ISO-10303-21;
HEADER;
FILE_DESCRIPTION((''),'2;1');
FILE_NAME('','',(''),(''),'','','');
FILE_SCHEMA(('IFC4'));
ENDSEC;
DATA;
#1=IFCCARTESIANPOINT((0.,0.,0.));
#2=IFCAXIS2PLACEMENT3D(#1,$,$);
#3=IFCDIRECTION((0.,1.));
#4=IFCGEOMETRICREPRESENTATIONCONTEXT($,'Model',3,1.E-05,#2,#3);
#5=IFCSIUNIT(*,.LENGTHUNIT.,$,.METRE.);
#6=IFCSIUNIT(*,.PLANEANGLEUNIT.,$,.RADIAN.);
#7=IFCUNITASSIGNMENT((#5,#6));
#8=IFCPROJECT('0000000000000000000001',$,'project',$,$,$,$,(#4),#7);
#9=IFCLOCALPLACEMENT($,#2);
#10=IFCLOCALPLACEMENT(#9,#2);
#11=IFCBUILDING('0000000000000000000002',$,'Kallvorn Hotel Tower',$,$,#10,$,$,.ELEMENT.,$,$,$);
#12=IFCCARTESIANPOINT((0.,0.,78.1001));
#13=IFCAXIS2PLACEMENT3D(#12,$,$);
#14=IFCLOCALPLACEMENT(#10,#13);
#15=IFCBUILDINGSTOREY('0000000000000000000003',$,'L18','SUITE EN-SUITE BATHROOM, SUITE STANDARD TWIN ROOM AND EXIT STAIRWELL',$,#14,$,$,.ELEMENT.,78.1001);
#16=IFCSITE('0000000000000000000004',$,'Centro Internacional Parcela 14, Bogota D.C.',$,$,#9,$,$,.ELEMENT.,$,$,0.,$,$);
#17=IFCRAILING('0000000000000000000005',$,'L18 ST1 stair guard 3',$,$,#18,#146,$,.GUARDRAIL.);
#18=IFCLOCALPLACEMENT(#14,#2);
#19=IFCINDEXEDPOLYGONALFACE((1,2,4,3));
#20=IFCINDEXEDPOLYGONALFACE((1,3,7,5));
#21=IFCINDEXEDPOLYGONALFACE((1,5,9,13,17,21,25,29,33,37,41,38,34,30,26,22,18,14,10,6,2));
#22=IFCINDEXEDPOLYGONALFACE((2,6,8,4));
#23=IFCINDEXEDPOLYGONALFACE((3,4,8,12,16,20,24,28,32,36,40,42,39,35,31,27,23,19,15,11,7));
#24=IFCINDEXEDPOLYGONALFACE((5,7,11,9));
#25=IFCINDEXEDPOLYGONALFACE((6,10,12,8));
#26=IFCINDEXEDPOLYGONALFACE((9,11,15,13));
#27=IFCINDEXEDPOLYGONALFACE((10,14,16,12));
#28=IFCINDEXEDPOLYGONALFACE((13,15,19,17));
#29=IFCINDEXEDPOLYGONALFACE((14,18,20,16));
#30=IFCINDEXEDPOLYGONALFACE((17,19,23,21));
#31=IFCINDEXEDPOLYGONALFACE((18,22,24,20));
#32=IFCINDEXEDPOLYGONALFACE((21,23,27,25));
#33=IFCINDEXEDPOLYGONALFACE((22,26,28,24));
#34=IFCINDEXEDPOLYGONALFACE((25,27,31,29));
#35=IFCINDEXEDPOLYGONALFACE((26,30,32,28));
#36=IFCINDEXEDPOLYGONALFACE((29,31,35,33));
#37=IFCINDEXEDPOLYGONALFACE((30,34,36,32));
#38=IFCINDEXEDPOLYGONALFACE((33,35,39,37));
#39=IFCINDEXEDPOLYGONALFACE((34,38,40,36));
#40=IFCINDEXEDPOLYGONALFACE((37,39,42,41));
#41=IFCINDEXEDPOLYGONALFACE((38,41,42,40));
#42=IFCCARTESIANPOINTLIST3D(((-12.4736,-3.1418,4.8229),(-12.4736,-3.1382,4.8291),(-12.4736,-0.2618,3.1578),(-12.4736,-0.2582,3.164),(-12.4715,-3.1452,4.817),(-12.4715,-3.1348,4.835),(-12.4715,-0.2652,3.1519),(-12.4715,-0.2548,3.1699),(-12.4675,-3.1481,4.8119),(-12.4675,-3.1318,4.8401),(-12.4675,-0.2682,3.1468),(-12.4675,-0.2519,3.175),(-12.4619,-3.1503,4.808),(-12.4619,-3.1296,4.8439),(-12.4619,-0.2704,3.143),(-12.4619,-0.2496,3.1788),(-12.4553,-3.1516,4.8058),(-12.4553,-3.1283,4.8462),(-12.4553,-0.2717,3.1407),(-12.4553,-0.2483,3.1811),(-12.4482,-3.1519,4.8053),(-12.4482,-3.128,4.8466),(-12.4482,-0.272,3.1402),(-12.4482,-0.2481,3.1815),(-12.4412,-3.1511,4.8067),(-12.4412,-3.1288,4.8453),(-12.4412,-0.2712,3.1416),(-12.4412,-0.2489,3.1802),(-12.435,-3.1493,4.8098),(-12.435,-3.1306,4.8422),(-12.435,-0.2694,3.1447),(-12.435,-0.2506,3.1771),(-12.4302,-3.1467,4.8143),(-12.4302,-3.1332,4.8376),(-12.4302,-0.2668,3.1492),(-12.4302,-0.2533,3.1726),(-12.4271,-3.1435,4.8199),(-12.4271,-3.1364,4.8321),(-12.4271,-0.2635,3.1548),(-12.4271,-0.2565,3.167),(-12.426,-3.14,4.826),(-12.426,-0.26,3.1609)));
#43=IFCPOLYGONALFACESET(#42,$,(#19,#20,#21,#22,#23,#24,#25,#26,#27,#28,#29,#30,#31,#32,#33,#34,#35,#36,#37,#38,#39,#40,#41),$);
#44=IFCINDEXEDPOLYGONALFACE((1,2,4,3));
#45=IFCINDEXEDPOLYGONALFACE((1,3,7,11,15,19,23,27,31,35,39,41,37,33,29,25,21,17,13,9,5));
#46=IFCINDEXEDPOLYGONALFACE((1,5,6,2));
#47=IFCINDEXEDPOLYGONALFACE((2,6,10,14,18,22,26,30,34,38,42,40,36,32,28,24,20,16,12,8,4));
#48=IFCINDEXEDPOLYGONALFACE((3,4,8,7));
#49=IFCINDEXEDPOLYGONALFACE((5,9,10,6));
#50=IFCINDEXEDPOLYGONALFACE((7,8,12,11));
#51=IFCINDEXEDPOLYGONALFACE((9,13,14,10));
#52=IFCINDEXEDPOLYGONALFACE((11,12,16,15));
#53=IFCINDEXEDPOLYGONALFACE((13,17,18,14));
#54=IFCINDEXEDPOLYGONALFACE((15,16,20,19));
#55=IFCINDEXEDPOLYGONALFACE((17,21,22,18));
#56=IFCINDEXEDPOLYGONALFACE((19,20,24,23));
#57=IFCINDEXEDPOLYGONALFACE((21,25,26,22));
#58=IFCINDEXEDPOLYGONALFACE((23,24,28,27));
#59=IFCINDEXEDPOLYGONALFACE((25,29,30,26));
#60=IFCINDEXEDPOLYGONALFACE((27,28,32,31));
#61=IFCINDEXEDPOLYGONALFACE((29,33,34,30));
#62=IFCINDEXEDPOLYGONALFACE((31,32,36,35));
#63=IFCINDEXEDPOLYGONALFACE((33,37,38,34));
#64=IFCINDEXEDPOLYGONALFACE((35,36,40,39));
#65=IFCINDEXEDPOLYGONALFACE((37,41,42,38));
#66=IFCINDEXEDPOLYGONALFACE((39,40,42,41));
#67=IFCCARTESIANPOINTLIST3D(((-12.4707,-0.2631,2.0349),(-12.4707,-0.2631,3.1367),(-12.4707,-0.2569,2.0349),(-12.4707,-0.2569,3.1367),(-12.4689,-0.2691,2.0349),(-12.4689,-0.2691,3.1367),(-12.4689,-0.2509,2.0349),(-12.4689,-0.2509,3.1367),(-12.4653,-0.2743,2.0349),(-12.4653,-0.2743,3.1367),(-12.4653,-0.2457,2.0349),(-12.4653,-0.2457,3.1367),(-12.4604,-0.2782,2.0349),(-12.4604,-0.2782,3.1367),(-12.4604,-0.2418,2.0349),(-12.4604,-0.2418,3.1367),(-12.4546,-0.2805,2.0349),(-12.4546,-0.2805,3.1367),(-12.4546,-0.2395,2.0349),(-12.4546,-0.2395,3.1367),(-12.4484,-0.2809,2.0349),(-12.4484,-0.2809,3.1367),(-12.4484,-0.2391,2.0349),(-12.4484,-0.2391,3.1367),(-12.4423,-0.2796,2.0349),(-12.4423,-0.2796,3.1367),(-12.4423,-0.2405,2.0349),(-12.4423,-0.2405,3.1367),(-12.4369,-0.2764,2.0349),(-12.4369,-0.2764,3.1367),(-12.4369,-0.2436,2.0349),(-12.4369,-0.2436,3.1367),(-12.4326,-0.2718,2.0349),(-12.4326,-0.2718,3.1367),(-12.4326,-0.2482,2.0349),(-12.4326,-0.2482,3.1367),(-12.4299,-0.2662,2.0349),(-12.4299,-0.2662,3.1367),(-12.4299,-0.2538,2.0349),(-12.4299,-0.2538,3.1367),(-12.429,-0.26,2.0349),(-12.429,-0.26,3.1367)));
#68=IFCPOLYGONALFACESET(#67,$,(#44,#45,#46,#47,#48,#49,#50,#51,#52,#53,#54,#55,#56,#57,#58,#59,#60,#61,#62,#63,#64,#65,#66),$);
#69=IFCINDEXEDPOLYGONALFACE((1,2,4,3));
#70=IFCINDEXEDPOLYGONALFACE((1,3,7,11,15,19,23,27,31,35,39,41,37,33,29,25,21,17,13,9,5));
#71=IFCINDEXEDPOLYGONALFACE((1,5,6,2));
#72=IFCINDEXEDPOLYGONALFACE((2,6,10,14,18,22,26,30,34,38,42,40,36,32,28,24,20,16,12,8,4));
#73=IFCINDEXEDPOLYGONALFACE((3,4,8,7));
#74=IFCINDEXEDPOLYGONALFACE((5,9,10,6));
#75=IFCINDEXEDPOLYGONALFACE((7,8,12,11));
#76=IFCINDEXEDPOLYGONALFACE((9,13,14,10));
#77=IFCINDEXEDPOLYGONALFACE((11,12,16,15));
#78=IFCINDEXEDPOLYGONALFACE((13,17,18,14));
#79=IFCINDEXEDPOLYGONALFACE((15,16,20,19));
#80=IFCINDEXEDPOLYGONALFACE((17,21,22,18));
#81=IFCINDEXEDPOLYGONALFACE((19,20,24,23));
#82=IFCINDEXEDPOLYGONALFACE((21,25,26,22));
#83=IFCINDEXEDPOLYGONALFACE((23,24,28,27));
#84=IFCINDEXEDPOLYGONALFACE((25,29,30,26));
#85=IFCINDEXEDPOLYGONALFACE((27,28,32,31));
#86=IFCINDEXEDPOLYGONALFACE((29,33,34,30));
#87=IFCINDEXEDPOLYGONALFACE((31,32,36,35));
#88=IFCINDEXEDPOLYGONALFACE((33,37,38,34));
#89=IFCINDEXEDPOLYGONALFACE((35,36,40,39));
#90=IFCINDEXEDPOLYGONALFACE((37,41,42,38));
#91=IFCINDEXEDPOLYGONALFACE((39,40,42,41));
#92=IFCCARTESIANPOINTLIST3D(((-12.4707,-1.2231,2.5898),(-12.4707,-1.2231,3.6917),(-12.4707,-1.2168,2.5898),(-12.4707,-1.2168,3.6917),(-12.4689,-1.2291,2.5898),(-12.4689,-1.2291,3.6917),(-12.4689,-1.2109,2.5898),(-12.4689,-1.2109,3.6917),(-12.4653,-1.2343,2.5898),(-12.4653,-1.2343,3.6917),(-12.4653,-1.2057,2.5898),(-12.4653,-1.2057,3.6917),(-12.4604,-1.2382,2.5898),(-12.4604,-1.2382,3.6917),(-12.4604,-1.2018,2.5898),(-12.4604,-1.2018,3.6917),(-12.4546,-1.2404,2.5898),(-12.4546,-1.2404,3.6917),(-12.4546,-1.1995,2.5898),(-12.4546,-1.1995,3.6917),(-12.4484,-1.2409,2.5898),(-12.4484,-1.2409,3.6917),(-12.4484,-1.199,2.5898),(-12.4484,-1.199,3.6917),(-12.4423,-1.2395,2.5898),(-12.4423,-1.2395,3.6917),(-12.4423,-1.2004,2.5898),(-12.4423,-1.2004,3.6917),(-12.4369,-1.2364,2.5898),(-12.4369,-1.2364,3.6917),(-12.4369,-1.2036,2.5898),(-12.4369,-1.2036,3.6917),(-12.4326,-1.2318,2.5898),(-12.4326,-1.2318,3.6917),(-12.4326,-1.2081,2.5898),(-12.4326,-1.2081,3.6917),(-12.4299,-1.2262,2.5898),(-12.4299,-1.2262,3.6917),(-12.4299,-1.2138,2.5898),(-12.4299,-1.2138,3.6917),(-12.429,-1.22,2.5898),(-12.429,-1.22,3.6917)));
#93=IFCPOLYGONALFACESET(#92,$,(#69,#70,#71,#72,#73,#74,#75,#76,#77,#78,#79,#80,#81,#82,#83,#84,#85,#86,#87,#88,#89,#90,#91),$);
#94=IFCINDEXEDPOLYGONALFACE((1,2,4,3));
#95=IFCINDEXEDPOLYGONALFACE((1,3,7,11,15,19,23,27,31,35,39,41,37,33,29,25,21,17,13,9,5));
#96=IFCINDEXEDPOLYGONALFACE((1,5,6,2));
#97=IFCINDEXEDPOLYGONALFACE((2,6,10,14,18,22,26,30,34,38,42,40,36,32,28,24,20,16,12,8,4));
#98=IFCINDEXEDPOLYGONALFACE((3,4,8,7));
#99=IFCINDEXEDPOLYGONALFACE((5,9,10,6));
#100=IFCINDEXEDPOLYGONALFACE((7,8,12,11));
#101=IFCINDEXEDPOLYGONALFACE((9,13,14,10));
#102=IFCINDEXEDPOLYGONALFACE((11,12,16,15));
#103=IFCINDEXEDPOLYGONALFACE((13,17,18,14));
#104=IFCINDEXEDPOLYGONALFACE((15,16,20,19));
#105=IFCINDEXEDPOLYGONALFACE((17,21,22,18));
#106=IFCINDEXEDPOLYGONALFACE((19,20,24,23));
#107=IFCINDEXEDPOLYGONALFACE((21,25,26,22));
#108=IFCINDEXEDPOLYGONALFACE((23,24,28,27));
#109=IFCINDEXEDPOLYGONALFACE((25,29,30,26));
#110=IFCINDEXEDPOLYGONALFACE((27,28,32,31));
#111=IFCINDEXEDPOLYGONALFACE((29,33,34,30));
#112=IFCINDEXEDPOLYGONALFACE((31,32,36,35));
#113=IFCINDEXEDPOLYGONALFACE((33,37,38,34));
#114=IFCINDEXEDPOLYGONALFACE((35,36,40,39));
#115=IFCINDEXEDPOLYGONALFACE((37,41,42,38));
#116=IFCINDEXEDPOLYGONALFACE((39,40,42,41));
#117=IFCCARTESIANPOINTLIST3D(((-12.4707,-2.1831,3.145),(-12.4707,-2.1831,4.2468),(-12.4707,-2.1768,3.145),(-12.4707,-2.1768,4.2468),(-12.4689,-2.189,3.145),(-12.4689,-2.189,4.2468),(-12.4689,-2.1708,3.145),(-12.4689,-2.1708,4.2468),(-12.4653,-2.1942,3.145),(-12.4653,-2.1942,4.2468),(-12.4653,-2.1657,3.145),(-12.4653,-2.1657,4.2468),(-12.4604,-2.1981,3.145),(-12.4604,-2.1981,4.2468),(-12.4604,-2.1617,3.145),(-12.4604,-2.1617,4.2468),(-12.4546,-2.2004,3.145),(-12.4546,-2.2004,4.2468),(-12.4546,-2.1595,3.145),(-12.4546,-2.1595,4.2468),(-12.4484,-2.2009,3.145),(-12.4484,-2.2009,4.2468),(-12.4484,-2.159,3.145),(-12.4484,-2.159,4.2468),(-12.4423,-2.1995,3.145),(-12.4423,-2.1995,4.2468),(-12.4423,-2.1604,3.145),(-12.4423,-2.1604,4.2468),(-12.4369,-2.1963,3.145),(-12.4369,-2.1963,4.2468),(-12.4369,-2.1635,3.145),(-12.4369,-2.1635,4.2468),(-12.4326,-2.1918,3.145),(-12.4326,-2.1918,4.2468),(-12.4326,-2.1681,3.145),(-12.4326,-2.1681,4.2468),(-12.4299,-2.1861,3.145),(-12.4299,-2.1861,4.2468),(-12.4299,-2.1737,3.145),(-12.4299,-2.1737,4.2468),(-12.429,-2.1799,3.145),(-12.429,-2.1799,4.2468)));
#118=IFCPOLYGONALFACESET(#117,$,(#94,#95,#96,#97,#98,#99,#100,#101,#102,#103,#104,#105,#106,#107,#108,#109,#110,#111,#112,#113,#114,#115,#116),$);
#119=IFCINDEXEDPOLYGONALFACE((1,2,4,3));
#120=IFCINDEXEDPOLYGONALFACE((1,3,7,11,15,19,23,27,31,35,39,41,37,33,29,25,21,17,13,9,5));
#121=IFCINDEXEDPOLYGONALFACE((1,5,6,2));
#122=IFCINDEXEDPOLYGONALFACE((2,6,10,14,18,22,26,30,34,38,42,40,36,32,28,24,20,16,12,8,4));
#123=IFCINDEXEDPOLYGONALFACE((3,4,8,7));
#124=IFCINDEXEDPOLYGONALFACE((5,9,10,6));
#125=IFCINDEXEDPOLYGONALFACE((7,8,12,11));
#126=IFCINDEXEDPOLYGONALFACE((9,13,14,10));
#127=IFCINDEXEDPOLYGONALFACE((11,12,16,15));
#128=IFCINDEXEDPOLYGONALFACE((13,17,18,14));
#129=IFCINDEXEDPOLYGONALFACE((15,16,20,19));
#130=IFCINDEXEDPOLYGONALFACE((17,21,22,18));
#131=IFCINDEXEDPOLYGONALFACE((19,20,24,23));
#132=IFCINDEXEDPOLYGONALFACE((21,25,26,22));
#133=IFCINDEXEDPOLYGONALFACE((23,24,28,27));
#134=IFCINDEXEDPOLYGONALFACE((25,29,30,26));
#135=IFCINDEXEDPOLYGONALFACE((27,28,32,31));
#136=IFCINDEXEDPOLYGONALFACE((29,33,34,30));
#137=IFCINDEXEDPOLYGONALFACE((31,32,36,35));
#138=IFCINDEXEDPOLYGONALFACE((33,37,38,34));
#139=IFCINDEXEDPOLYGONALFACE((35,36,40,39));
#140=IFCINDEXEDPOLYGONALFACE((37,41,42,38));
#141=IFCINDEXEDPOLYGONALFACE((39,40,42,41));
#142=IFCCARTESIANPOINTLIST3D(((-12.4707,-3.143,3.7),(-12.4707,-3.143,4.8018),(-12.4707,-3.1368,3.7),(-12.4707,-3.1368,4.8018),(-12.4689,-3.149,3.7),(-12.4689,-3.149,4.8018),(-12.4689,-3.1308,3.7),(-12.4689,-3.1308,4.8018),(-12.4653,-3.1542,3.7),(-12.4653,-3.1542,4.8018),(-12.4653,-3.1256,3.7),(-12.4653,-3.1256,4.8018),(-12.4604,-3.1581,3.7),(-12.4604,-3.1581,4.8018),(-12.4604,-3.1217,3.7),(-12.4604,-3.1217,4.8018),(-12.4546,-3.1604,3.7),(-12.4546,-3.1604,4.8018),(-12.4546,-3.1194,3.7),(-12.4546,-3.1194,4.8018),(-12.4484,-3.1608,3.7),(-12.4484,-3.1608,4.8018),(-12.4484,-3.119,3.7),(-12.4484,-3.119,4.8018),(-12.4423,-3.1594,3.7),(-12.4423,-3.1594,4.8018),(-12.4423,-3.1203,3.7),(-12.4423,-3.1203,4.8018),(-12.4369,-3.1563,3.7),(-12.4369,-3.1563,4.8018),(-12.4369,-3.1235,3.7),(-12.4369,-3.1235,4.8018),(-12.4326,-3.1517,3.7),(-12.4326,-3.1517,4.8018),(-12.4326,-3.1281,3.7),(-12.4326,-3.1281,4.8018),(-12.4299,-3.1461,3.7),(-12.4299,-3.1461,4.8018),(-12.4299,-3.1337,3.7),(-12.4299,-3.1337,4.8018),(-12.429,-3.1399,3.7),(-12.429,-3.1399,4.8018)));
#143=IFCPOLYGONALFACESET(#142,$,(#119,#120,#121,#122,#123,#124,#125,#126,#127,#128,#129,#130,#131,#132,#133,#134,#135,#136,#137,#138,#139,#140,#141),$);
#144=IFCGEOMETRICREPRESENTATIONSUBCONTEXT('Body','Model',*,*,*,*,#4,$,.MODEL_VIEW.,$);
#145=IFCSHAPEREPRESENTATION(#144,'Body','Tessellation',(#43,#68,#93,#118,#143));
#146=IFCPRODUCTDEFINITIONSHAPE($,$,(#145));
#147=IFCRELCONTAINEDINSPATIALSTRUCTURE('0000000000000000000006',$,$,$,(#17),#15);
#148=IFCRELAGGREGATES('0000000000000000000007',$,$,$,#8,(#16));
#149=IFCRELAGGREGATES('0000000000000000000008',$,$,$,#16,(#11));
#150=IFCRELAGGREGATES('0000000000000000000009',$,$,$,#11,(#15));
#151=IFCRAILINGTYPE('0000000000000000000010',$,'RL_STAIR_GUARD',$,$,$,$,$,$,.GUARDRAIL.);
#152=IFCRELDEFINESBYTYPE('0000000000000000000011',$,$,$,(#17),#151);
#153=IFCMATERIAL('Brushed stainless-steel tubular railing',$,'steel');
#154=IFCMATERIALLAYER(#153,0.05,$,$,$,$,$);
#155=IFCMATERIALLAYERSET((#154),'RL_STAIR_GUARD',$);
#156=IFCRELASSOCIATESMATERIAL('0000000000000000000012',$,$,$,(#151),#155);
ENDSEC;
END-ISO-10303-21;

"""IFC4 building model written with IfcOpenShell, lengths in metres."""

from ifc_helpers import new_model, si_unit, direction, frame, origin, origin_2d, place, context, subcontext, project, spatial, circle, extrude, material, layer, layer_set, type_object, element, save


model = new_model("IFC4")

# Units and contexts
model_context = context("Model", 3, precision=1e-05, world=origin(), true_north=direction((0.0, 1.0)))
body_context = subcontext(model_context, "Body", "Model", "MODEL_VIEW")
ifc_project = project(units=[si_unit("LENGTHUNIT", "METRE"), si_unit("PLANEANGLEUNIT", "RADIAN")], contexts=[model_context])

# Site, building, storey
site_placement = place(None, origin())
site = spatial("IfcSite", under=ifc_project, at=site_placement, Name="Centro Internacional Parcela 14, Bogota D.C.", CompositionType="ELEMENT", RefElevation=0.0)
building_placement = place(site_placement, origin())
building = spatial("IfcBuilding", under=site, at=building_placement, Name="Kallvorn Hotel Tower", CompositionType="ELEMENT")
storey_placement = place(building_placement, frame((0.0, 0.0, 78.1001)))
storey = spatial("IfcBuildingStorey", under=building, at=storey_placement, Name="L18", Description="SUITE EN-SUITE BATHROOM, SUITE STANDARD TWIN ROOM AND EXIT STAIRWELL", CompositionType="ELEMENT", Elevation=78.1001)

# Railing
ifc_material_1 = material(Name="Brushed stainless-steel tubular railing", Category="steel")
ifc_layer_1 = layer(ifc_material_1, 0.05)
ifc_layer_set_1 = layer_set([ifc_layer_1], Name="RL_STAIR_GUARD")
railing_type = type_object("IfcRailingType", Name="RL_STAIR_GUARD", PredefinedType="GUARDRAIL", material=ifc_layer_set_1)
railing_1_placement = place(storey_placement, frame((-12.45, -0.26, 2.0349)))
element("IfcRailing", 1, at=railing_1_placement, inside=storey, type_object=railing_type, Name="L18 ST1 stair guard 3", PredefinedType="GUARDRAIL", context=body_context, shape_type="SweptSolid", body=[
    extrude(circle(Radius=0.0239, at=origin_2d()), frame((0.0, 0.0, 1.126), z_axis=(0.0, -0.865721, 0.500527), x_axis=(1.0, 0.0, 0.0)), (0.0, 0.0, 1.0), 3.3267),
    extrude(circle(Radius=0.021, at=origin_2d()), origin(), (0.0, 0.0, 1.0), 1.1018),
    extrude(circle(Radius=0.021, at=origin_2d()), frame((0.0, -0.96, 0.5549)), (0.0, 0.0, 1.0), 1.1018),
    extrude(circle(Radius=0.021, at=origin_2d()), frame((0.0, -1.9199, 1.1101)), (0.0, 0.0, 1.0), 1.1018),
    extrude(circle(Radius=0.021, at=origin_2d()), frame((0.0, -2.8799, 1.665)), (0.0, 0.0, 1.0), 1.1018),
])

save(model, "model.ifc")
